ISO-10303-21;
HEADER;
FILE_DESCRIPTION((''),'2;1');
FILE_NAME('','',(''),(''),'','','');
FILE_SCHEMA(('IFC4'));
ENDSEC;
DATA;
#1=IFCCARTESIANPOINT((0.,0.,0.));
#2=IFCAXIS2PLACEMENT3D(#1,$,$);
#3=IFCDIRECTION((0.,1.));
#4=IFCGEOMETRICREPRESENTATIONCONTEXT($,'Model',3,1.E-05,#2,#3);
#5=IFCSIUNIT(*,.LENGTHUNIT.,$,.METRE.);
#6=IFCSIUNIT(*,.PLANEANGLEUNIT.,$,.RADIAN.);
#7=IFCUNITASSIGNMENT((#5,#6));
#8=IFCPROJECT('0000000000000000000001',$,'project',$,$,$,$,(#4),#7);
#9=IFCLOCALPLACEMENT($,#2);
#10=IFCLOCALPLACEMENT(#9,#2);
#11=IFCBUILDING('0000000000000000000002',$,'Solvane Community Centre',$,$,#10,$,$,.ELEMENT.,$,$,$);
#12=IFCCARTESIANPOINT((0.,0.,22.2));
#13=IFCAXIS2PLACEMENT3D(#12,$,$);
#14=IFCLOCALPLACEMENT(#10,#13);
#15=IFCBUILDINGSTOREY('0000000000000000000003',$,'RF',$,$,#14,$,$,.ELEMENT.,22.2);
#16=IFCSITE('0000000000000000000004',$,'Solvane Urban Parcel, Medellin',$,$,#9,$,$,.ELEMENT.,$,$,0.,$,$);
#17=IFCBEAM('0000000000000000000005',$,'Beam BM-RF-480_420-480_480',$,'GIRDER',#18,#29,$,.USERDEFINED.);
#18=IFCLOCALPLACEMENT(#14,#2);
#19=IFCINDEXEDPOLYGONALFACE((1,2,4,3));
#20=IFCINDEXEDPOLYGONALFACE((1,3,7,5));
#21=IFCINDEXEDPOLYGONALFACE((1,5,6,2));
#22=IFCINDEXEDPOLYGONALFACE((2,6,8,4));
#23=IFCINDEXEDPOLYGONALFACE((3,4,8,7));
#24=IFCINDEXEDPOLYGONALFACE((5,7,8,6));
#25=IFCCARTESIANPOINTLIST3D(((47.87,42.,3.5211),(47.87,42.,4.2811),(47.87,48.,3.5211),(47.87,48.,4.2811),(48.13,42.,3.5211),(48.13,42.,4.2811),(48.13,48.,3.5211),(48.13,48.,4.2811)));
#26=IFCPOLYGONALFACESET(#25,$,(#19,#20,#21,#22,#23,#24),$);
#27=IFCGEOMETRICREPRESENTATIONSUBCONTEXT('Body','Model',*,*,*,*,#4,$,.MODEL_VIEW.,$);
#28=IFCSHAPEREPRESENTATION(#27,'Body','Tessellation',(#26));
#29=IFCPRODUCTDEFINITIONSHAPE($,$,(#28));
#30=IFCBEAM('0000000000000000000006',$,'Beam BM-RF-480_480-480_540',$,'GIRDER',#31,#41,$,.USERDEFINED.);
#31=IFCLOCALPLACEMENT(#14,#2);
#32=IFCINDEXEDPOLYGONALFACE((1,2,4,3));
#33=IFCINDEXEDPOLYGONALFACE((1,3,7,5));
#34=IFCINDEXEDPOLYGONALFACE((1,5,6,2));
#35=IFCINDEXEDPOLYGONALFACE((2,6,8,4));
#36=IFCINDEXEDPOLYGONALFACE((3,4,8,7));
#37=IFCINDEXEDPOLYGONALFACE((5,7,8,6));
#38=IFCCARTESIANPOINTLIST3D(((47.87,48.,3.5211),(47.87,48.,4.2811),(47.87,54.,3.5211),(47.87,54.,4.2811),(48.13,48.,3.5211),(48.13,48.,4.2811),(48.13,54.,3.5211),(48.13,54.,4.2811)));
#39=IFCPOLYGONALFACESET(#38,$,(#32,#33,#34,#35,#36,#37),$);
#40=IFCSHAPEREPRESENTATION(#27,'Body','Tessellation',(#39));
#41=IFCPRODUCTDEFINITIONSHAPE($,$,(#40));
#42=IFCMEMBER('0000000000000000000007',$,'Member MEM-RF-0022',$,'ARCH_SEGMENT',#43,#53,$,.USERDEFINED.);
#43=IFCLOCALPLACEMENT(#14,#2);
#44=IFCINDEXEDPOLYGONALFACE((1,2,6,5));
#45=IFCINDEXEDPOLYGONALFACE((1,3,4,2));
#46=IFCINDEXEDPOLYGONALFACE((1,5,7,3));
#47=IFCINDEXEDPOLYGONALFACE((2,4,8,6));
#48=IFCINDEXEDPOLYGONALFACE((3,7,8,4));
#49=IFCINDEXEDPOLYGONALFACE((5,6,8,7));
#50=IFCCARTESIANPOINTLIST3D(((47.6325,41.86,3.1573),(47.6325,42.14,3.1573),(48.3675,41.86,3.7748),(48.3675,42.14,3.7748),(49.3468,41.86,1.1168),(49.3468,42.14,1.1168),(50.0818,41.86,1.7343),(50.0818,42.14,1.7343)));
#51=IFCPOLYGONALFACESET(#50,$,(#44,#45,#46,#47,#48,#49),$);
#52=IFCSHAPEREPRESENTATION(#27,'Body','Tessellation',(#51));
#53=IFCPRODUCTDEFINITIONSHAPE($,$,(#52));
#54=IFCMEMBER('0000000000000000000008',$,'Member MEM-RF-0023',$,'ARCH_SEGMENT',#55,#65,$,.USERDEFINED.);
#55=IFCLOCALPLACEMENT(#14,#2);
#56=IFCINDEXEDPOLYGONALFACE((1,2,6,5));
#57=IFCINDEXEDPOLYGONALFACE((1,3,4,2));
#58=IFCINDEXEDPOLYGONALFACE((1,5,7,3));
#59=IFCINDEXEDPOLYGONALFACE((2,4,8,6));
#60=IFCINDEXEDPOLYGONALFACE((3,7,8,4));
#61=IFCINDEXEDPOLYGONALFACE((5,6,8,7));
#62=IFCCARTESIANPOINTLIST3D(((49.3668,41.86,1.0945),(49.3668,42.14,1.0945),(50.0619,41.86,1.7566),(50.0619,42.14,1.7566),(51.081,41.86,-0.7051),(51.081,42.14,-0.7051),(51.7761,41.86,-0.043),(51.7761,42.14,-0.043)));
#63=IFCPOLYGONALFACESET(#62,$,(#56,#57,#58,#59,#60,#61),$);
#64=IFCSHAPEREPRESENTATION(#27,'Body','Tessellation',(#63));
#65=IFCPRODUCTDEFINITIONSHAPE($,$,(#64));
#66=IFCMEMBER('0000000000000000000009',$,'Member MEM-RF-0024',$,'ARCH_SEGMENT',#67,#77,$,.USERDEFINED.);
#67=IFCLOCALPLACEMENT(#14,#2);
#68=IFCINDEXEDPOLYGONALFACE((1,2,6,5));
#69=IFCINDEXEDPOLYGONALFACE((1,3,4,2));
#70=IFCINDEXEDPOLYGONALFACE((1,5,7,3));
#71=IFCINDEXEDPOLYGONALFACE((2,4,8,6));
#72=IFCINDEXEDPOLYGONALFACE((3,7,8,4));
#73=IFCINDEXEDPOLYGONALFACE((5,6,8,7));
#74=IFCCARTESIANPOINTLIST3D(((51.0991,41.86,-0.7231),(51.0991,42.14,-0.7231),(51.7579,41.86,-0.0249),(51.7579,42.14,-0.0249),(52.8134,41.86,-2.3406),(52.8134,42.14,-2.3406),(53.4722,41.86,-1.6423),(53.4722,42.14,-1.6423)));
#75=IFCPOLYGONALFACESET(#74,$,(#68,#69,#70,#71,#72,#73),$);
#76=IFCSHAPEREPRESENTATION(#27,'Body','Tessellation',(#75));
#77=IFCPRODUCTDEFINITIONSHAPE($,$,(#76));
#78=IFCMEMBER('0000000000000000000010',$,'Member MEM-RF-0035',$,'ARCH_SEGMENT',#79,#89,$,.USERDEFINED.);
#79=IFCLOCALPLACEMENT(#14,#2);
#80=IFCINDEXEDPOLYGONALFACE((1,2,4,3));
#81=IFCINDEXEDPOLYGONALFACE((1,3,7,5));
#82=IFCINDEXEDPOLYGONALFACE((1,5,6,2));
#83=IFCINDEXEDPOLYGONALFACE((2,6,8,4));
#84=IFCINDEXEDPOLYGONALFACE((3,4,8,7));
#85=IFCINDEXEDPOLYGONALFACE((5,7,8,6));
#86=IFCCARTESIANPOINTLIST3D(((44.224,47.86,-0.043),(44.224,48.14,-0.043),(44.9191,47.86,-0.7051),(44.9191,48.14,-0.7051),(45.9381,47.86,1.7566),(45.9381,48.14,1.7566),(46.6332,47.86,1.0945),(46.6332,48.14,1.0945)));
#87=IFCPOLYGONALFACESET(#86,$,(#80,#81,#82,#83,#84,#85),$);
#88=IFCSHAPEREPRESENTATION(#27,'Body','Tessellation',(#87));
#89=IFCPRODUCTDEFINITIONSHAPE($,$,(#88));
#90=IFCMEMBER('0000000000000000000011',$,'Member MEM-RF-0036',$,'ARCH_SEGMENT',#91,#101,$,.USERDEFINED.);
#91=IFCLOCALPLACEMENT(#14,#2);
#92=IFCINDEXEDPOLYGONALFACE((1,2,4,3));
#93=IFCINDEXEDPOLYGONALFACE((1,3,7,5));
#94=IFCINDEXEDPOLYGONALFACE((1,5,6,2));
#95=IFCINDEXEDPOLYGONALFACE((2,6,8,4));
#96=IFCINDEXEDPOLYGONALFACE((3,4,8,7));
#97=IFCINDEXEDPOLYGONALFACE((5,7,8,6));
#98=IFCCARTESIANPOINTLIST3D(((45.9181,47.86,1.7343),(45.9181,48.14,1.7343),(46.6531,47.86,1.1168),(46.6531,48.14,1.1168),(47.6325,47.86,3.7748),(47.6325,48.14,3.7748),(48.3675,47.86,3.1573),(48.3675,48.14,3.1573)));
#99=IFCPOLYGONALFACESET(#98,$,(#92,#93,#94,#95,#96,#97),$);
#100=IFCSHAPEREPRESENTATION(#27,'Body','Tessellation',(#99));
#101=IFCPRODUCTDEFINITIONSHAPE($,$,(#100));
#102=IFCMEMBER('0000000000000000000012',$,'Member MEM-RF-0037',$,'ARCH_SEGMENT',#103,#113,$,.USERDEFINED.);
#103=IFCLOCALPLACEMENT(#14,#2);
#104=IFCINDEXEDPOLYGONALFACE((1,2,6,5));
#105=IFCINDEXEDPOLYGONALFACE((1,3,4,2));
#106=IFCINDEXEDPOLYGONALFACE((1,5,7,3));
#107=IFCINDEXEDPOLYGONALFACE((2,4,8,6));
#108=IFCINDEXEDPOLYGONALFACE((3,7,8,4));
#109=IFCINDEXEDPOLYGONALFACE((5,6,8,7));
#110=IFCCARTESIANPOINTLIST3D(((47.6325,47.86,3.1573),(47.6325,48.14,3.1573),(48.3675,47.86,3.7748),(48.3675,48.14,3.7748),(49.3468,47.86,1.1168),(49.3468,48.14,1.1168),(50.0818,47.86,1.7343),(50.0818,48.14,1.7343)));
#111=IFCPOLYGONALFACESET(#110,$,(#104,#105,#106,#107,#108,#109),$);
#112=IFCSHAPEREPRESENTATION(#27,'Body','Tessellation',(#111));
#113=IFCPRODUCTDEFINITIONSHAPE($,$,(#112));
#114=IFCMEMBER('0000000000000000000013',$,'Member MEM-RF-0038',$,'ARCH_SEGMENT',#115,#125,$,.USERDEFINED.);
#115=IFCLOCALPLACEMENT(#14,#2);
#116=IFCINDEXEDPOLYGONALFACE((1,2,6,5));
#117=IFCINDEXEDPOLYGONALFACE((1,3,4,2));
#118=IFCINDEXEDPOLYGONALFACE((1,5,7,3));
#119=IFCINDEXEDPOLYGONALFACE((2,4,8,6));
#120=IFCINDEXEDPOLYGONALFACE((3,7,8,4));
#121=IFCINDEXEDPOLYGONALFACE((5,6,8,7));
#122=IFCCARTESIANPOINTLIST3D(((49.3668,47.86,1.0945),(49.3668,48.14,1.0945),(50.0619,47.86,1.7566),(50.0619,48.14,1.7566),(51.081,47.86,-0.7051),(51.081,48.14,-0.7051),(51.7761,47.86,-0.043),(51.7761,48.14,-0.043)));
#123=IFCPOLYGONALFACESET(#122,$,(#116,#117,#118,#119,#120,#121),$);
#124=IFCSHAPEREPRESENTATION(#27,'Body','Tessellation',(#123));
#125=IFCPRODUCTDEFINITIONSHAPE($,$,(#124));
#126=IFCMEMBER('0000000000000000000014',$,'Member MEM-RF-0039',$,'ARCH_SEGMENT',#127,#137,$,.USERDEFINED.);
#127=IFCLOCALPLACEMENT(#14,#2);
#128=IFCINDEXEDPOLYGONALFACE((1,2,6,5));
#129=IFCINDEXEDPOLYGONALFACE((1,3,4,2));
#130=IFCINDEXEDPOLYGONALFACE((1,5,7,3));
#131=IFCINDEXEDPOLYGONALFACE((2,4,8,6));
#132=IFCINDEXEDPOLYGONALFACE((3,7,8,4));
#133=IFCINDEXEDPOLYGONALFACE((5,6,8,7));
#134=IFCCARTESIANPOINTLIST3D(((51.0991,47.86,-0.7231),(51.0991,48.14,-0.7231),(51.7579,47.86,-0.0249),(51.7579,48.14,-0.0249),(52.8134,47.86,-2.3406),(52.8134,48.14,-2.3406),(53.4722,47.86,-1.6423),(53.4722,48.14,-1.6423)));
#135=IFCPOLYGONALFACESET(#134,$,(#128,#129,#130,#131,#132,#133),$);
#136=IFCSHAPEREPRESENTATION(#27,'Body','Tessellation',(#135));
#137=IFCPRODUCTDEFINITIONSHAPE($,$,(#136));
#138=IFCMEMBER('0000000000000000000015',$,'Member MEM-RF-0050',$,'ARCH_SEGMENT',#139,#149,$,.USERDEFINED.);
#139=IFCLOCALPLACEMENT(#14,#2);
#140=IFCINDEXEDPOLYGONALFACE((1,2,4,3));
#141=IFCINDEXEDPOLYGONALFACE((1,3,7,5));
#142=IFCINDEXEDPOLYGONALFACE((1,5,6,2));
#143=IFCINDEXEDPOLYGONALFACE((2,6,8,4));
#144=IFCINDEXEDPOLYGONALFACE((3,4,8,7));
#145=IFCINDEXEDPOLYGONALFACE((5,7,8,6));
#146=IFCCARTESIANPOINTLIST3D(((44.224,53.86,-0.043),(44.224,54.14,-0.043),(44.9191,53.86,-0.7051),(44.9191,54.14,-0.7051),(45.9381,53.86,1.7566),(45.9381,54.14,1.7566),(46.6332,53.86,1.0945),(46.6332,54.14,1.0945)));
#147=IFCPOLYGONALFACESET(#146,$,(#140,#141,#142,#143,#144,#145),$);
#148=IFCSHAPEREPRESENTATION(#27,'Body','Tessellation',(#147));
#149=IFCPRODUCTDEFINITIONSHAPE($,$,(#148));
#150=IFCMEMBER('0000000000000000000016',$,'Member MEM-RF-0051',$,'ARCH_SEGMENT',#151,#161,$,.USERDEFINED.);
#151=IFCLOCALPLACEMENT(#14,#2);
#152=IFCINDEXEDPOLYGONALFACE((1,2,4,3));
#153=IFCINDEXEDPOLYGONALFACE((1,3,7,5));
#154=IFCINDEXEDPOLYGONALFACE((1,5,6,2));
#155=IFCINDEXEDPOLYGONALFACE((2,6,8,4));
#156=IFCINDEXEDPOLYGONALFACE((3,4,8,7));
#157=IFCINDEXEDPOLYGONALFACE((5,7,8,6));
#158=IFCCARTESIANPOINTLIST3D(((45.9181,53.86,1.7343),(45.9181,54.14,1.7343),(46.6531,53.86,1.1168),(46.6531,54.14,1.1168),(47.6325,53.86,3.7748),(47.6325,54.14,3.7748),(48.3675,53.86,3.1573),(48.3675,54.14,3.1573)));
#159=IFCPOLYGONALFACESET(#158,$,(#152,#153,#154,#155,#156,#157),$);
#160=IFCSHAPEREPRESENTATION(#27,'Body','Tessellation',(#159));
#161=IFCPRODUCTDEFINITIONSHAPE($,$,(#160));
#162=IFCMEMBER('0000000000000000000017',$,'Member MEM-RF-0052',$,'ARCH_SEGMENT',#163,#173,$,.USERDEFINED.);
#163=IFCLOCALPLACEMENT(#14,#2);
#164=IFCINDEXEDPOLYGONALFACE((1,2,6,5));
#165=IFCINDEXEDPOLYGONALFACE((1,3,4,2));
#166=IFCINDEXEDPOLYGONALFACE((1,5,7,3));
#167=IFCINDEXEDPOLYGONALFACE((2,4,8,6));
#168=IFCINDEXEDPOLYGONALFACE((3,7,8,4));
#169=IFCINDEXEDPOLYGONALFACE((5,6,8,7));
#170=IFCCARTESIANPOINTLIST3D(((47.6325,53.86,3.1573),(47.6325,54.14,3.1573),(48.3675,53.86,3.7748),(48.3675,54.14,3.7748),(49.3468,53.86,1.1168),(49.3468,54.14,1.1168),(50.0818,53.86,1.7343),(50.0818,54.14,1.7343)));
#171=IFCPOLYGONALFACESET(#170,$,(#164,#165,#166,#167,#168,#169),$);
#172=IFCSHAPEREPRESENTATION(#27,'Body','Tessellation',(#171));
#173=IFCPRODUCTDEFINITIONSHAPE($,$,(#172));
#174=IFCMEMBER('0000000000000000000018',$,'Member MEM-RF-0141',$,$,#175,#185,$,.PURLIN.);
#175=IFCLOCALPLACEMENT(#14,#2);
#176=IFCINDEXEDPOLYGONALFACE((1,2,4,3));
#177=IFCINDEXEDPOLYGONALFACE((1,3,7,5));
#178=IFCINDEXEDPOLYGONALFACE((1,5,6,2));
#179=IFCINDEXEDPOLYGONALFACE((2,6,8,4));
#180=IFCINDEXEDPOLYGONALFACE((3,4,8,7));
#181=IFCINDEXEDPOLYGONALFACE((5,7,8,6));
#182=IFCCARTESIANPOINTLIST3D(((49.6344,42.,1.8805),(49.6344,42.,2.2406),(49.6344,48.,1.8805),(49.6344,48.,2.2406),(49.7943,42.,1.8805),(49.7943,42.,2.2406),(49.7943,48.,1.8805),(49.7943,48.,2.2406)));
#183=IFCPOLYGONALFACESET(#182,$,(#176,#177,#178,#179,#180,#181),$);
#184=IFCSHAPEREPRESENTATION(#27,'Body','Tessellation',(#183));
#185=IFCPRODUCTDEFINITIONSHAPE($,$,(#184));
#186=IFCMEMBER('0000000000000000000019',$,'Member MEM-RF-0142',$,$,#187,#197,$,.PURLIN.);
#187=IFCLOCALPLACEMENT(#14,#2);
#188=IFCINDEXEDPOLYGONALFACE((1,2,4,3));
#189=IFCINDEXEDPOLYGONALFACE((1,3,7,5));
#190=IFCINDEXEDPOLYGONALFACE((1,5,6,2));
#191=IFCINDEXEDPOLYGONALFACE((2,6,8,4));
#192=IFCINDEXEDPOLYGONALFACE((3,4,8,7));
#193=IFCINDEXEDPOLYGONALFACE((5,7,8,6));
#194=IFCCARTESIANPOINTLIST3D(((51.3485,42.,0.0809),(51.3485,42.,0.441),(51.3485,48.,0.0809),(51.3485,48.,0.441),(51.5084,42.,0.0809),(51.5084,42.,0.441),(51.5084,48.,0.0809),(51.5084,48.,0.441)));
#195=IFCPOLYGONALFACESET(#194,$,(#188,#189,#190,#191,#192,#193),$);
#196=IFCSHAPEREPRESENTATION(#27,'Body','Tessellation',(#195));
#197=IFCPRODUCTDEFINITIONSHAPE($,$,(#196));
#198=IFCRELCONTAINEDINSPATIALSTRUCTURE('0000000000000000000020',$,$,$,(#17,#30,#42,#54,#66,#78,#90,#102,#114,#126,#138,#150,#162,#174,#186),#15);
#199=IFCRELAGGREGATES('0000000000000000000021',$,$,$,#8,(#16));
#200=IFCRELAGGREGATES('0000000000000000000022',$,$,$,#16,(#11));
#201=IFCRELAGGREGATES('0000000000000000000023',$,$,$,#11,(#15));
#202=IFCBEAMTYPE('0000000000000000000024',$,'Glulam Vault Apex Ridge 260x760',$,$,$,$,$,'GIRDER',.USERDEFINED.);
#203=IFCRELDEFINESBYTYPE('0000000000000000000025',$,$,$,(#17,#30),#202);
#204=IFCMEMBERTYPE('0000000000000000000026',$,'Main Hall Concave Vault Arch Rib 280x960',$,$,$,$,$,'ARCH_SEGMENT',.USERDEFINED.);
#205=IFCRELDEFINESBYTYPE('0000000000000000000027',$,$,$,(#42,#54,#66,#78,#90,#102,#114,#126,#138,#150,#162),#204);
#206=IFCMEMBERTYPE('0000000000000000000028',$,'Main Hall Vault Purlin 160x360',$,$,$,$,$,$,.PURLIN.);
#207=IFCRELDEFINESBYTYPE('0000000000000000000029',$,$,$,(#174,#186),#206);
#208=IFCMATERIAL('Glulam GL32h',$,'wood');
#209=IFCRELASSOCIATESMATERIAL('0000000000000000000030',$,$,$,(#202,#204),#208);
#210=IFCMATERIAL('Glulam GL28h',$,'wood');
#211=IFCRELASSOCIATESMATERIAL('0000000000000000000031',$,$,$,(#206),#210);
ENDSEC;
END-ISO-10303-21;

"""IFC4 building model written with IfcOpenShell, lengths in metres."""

from ifc_helpers import new_model, si_unit, direction, frame, origin, origin_2d, place, context, subcontext, project, spatial, rectangle, extrude, material, material_profile, profile_set, type_object, element, save


model = new_model("IFC4")

# Units and contexts
model_context = context("Model", 3, precision=1e-05, world=origin(), true_north=direction((0.0, 1.0)))
body_context = subcontext(model_context, "Body", "Model", "MODEL_VIEW")
ifc_project = project(units=[si_unit("LENGTHUNIT", "METRE"), si_unit("PLANEANGLEUNIT", "RADIAN")], contexts=[model_context])

# Site, building, storey
site_placement = place(None, origin())
site = spatial("IfcSite", under=ifc_project, at=site_placement, Name="Solvane Urban Parcel, Medellin", CompositionType="ELEMENT", RefElevation=0.0)
building_placement = place(site_placement, origin())
building = spatial("IfcBuilding", under=site, at=building_placement, Name="Solvane Community Centre", CompositionType="ELEMENT")
storey_placement = place(building_placement, frame((0.0, 0.0, 22.2)))
storey = spatial("IfcBuildingStorey", under=building, at=storey_placement, Name="RF", CompositionType="ELEMENT", Elevation=22.2)

# Beams
ifc_material_1 = material(Name="Glulam GL32h", Category="wood")
ifc_material_profile_1 = material_profile(ifc_material_1, rectangle(XDim=0.26, YDim=0.76, at=origin_2d()), Name="GL32h 260x760")
ifc_profile_set_1 = profile_set([ifc_material_profile_1], Name="Glulam GL32h")
beam_type = type_object("IfcBeamType", Name="Glulam Vault Apex Ridge 260x760", ElementType="GIRDER", PredefinedType="USERDEFINED", material=ifc_profile_set_1)
for number, where, z_axis, x_axis, name in (
    (1, (48.0, 42.0, 3.9011), (0.0, 1.0, 0.0), (-1.0, 0.0, 0.0), "Beam BM-RF-480_420-480_480"),
    (2, (48.0, 48.0, 3.9011), (0.0, 1.0, 0.0), (-1.0, 0.0, 0.0), "Beam BM-RF-480_480-480_540"),
):
    element("IfcBeam", number, at=place(storey_placement, frame(where, z_axis=z_axis, x_axis=x_axis)), inside=storey, type_object=beam_type, Name=name, ObjectType="GIRDER", PredefinedType="USERDEFINED", context=body_context, shape_type="SweptSolid", body=[
        extrude(rectangle(XDim=0.26, YDim=0.76, at=origin_2d()), origin(), (0.0, 0.0, 1.0), 6.0),
    ])

# Members
ifc_material_profile_2 = material_profile(ifc_material_1, rectangle(XDim=0.28, YDim=0.96, at=origin_2d()), Name="GL32h 280x960")
ifc_profile_set_2 = profile_set([ifc_material_profile_2], Name="Glulam GL32h")
member_type_1 = type_object("IfcMemberType", Name="Main Hall Concave Vault Arch Rib 280x960", ElementType="ARCH_SEGMENT", PredefinedType="USERDEFINED", material=ifc_profile_set_2)
member_1_placement = place(storey_placement, frame((48.0, 42.0, 3.4661), z_axis=(0.643261, 0.0, -0.765647), x_axis=(0.0, 1.0, 0.0)))
element("IfcMember", 3, at=member_1_placement, inside=storey, type_object=member_type_1, Name="Member MEM-RF-0022", ObjectType="ARCH_SEGMENT", PredefinedType="USERDEFINED", context=body_context, shape_type="SweptSolid", body=[
    extrude(rectangle(XDim=0.28, YDim=0.96, at=origin_2d()), origin(), (0.0, 0.0, 1.0), 2.665),
])
member_2_placement = place(storey_placement, frame((49.7144, 42.0, 1.4255), z_axis=(0.689707, 0.0, -0.724089), x_axis=(0.0, 1.0, 0.0)))
element("IfcMember", 4, at=member_2_placement, inside=storey, type_object=member_type_1, Name="Member MEM-RF-0023", ObjectType="ARCH_SEGMENT", PredefinedType="USERDEFINED", context=body_context, shape_type="SweptSolid", body=[
    extrude(rectangle(XDim=0.28, YDim=0.96, at=origin_2d()), origin(), (0.0, 0.0, 1.0), 2.4854),
])
member_3_placement = place(storey_placement, frame((51.4285, 42.0, -0.374), z_axis=(0.727369, 0.0, -0.686246), x_axis=(0.0, 1.0, 0.0)))
element("IfcMember", 5, at=member_3_placement, inside=storey, type_object=member_type_1, Name="Member MEM-RF-0024", ObjectType="ARCH_SEGMENT", PredefinedType="USERDEFINED", context=body_context, shape_type="SweptSolid", body=[
    extrude(rectangle(XDim=0.28, YDim=0.96, at=origin_2d()), origin(), (0.0, 0.0, 1.0), 2.3569),
])
member_4_placement = place(storey_placement, frame((44.5715, 48.0, -0.374), z_axis=(0.689707, 0.0, 0.724089), x_axis=(0.0, 1.0, 0.0)))
element("IfcMember", 6, at=member_4_placement, inside=storey, type_object=member_type_1, Name="Member MEM-RF-0035", ObjectType="ARCH_SEGMENT", PredefinedType="USERDEFINED", context=body_context, shape_type="SweptSolid", body=[
    extrude(rectangle(XDim=0.28, YDim=0.96, at=origin_2d()), origin(), (0.0, 0.0, 1.0), 2.4854),
])
for number, where, z_axis, x_axis, name in (
    (7, (46.2856, 48.0, 1.4255), (0.643261, 0.0, 0.765647), (0.0, 1.0, 0.0), "Member MEM-RF-0036"),
    (8, (48.0, 48.0, 3.4661), (0.643261, 0.0, -0.765647), (0.0, 1.0, 0.0), "Member MEM-RF-0037"),
):
    element("IfcMember", number, at=place(storey_placement, frame(where, z_axis=z_axis, x_axis=x_axis)), inside=storey, type_object=member_type_1, Name=name, ObjectType="ARCH_SEGMENT", PredefinedType="USERDEFINED", context=body_context, shape_type="SweptSolid", body=[
        extrude(rectangle(XDim=0.28, YDim=0.96, at=origin_2d()), origin(), (0.0, 0.0, 1.0), 2.665),
    ])
member_5_placement = place(storey_placement, frame((49.7144, 48.0, 1.4255), z_axis=(0.689707, 0.0, -0.724089), x_axis=(0.0, 1.0, 0.0)))
element("IfcMember", 9, at=member_5_placement, inside=storey, type_object=member_type_1, Name="Member MEM-RF-0038", ObjectType="ARCH_SEGMENT", PredefinedType="USERDEFINED", context=body_context, shape_type="SweptSolid", body=[
    extrude(rectangle(XDim=0.28, YDim=0.96, at=origin_2d()), origin(), (0.0, 0.0, 1.0), 2.4854),
])
member_6_placement = place(storey_placement, frame((51.4285, 48.0, -0.374), z_axis=(0.727369, 0.0, -0.686246), x_axis=(0.0, 1.0, 0.0)))
element("IfcMember", 10, at=member_6_placement, inside=storey, type_object=member_type_1, Name="Member MEM-RF-0039", ObjectType="ARCH_SEGMENT", PredefinedType="USERDEFINED", context=body_context, shape_type="SweptSolid", body=[
    extrude(rectangle(XDim=0.28, YDim=0.96, at=origin_2d()), origin(), (0.0, 0.0, 1.0), 2.3569),
])
member_7_placement = place(storey_placement, frame((44.5715, 54.0, -0.374), z_axis=(0.689707, 0.0, 0.724089), x_axis=(0.0, 1.0, 0.0)))
element("IfcMember", 11, at=member_7_placement, inside=storey, type_object=member_type_1, Name="Member MEM-RF-0050", ObjectType="ARCH_SEGMENT", PredefinedType="USERDEFINED", context=body_context, shape_type="SweptSolid", body=[
    extrude(rectangle(XDim=0.28, YDim=0.96, at=origin_2d()), origin(), (0.0, 0.0, 1.0), 2.4854),
])
for number, where, z_axis, x_axis, name in (
    (12, (46.2856, 54.0, 1.4255), (0.643261, 0.0, 0.765647), (0.0, 1.0, 0.0), "Member MEM-RF-0051"),
    (13, (48.0, 54.0, 3.4661), (0.643261, 0.0, -0.765647), (0.0, 1.0, 0.0), "Member MEM-RF-0052"),
):
    element("IfcMember", number, at=place(storey_placement, frame(where, z_axis=z_axis, x_axis=x_axis)), inside=storey, type_object=member_type_1, Name=name, ObjectType="ARCH_SEGMENT", PredefinedType="USERDEFINED", context=body_context, shape_type="SweptSolid", body=[
        extrude(rectangle(XDim=0.28, YDim=0.96, at=origin_2d()), origin(), (0.0, 0.0, 1.0), 2.665),
    ])
ifc_material_2 = material(Name="Glulam GL28h", Category="wood")
ifc_material_profile_3 = material_profile(ifc_material_2, rectangle(XDim=0.1599, YDim=0.3601, at=origin_2d()), Name="GL28h 160x360")
ifc_profile_set_3 = profile_set([ifc_material_profile_3], Name="Glulam GL28h")
member_type_2 = type_object("IfcMemberType", Name="Main Hall Vault Purlin 160x360", PredefinedType="PURLIN", material=ifc_profile_set_3)
for number, where, z_axis, x_axis, name in (
    (14, (49.7144, 42.0, 2.0605), (0.0, 1.0, 0.0), (-1.0, 0.0, 0.0), "Member MEM-RF-0141"),
    (15, (51.4285, 42.0, 0.261), (0.0, 1.0, 0.0), (-1.0, 0.0, 0.0), "Member MEM-RF-0142"),
):
    element("IfcMember", number, at=place(storey_placement, frame(where, z_axis=z_axis, x_axis=x_axis)), inside=storey, type_object=member_type_2, Name=name, PredefinedType="PURLIN", context=body_context, shape_type="SweptSolid", body=[
        extrude(rectangle(XDim=0.1599, YDim=0.3601, at=origin_2d()), origin(), (0.0, 0.0, 1.0), 6.0),
    ])

save(model, "model.ifc")
